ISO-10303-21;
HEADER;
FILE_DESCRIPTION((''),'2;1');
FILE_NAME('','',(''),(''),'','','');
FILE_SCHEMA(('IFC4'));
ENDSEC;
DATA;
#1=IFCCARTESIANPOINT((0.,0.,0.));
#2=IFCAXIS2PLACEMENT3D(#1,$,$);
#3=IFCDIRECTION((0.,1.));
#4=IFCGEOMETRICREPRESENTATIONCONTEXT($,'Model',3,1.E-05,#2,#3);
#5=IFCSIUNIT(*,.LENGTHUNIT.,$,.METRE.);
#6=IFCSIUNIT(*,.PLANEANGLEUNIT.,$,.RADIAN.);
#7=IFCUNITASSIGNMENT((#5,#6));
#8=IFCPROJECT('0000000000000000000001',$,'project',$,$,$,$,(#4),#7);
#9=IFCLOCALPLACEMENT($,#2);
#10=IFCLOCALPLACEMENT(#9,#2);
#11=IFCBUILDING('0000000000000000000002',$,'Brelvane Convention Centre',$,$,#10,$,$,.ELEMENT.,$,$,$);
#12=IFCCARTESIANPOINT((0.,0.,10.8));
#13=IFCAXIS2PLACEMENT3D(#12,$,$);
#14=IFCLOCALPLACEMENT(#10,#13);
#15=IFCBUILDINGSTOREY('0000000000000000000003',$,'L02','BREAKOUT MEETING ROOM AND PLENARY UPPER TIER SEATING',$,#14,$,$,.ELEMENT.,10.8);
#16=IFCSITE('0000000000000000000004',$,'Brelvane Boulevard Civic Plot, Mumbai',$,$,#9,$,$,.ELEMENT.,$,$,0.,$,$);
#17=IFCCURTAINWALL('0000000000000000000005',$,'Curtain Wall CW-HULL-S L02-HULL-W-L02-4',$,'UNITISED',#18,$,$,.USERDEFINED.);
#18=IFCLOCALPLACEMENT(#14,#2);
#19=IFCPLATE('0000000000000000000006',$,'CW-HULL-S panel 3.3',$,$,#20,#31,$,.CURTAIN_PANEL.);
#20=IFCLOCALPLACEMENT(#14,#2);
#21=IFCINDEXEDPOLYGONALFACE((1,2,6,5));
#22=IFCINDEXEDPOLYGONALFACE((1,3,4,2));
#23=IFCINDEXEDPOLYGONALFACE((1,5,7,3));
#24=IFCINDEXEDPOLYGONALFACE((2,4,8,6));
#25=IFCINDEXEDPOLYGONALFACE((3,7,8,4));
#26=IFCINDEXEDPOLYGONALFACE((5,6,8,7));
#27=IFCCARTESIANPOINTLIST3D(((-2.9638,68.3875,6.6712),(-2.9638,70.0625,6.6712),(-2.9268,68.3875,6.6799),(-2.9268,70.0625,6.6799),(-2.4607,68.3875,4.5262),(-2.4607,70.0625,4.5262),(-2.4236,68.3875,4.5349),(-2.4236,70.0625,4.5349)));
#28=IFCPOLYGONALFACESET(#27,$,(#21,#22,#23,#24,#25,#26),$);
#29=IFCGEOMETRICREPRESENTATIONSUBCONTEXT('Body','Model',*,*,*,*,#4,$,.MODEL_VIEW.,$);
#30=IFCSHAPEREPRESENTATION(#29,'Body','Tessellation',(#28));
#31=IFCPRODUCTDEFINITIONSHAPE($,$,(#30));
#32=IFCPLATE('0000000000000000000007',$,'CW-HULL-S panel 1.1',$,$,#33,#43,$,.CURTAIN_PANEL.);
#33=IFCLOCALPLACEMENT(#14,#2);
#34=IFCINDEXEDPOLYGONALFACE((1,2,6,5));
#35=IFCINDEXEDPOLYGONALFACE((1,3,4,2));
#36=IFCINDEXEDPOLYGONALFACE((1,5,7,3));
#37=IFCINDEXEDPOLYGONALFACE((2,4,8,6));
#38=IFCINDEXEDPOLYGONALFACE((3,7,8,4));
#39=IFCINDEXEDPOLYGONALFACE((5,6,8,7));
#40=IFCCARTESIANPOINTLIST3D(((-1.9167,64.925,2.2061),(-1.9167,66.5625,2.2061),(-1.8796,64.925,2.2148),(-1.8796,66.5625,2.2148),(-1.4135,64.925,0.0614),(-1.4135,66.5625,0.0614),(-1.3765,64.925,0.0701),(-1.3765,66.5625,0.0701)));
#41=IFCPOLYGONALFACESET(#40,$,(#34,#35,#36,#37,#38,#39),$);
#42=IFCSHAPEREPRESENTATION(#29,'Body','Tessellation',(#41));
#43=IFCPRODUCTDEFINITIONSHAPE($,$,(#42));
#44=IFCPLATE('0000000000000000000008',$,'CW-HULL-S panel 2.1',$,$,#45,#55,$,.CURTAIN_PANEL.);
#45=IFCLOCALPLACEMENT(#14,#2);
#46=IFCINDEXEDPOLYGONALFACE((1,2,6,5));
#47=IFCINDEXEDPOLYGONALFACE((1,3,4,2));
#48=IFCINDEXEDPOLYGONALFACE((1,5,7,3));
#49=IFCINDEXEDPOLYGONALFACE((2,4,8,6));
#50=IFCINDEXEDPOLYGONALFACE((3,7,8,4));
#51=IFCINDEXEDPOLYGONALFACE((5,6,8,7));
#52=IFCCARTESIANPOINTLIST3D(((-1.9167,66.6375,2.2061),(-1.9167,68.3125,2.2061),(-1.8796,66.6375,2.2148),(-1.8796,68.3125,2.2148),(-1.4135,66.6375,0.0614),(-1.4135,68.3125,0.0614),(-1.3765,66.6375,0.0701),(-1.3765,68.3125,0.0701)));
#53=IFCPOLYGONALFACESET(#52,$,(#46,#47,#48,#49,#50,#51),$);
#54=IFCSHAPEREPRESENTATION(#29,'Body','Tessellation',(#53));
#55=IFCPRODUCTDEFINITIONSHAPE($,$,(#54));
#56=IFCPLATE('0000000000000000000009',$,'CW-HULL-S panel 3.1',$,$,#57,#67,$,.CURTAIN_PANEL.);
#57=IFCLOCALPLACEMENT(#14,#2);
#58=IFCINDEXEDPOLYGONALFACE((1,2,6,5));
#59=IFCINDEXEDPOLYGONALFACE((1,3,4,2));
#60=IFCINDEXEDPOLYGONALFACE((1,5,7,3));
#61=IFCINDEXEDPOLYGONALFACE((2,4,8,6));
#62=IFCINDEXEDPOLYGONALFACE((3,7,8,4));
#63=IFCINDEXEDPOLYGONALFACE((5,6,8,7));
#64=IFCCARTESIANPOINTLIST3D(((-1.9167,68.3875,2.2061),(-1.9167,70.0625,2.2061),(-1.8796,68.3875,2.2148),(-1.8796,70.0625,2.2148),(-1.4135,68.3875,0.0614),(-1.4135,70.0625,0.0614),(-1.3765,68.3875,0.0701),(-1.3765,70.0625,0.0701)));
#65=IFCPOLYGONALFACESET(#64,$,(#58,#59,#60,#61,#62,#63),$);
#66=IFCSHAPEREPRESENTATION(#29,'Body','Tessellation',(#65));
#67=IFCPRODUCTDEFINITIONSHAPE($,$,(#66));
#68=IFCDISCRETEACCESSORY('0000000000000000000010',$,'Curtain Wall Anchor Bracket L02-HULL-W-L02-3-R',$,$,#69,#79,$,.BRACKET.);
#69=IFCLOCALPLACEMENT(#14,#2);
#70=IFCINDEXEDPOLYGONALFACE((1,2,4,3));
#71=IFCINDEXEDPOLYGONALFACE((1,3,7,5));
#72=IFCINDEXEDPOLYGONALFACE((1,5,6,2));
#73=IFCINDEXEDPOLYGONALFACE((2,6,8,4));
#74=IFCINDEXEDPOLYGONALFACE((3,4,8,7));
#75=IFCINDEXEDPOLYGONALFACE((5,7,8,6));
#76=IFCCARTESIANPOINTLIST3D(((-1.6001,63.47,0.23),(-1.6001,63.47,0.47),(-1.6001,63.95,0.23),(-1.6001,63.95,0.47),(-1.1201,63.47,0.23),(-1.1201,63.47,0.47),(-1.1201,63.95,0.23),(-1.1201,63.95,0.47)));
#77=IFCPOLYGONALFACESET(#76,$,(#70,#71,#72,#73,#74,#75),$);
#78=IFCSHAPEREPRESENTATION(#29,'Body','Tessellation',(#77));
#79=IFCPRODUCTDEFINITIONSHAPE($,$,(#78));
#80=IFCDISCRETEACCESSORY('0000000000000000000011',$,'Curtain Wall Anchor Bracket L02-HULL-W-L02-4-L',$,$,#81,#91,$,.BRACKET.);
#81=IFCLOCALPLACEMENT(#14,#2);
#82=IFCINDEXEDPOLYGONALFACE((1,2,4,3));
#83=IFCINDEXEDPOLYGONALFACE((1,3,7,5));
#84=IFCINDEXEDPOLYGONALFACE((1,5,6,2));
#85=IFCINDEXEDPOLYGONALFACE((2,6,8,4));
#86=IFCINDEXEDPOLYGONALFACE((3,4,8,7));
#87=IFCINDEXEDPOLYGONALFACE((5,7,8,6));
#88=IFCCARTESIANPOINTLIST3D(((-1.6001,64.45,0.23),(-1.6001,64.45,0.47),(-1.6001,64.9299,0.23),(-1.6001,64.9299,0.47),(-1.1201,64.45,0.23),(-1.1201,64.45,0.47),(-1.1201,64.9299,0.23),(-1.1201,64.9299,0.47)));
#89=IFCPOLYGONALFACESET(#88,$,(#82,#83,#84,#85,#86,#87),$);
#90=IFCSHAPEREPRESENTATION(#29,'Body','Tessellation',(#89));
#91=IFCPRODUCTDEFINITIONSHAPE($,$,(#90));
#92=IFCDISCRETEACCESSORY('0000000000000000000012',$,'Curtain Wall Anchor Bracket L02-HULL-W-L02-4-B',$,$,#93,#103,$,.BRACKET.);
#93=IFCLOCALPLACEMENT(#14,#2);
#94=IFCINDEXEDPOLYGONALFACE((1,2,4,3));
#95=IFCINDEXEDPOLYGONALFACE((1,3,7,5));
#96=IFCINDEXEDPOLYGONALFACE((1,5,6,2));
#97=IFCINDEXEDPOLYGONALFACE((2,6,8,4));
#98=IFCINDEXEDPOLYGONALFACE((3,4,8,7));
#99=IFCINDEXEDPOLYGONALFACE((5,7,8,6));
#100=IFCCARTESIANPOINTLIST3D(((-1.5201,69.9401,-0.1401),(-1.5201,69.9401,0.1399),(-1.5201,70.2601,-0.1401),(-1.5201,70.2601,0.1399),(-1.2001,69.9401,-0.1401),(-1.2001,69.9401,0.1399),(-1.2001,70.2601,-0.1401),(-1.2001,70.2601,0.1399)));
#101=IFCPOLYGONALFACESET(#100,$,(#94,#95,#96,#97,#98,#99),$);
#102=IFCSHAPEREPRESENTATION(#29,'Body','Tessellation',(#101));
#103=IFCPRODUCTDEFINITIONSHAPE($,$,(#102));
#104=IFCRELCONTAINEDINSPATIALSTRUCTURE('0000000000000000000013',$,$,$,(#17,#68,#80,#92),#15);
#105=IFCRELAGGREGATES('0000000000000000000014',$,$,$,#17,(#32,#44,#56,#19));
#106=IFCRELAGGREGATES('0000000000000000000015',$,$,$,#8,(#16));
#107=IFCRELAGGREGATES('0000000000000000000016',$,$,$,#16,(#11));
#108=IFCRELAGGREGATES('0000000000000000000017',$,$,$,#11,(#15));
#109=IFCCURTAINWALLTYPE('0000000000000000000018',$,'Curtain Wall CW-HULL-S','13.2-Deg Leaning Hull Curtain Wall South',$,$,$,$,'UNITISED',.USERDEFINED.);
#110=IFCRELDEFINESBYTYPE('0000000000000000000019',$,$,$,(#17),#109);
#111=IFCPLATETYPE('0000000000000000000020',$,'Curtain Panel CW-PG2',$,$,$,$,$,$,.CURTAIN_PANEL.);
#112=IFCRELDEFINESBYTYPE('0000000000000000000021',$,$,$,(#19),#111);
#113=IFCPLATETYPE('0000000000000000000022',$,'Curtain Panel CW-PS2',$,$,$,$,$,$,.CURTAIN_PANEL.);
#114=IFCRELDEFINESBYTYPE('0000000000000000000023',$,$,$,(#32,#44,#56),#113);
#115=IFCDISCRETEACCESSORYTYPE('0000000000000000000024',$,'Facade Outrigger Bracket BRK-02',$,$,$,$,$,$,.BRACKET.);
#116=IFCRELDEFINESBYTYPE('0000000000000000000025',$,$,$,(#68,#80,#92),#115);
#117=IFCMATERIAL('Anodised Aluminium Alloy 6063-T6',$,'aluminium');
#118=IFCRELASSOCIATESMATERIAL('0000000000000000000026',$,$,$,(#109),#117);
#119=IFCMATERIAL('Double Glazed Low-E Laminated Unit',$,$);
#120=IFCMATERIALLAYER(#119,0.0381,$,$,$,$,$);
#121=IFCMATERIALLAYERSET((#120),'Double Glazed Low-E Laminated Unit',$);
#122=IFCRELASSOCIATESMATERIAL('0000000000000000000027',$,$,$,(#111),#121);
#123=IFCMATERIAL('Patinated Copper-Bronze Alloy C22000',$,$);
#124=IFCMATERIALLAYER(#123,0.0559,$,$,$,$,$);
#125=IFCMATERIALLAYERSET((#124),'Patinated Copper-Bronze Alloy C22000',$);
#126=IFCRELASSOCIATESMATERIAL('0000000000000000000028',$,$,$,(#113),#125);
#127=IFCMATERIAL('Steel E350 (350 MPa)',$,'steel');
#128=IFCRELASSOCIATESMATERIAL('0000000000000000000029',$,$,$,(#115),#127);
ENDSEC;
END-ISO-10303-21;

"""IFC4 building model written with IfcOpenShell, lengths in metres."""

from ifc_helpers import new_model, si_unit, direction, frame, origin, origin_2d, place, context, subcontext, project, spatial, polyline, rectangle, outline, extrude, material, layer, layer_set, type_object, element, aggregate, save


model = new_model("IFC4")

# Units and contexts
model_context = context("Model", 3, precision=1e-05, world=origin(), true_north=direction((0.0, 1.0)))
body_context = subcontext(model_context, "Body", "Model", "MODEL_VIEW")
ifc_project = project(units=[si_unit("LENGTHUNIT", "METRE"), si_unit("PLANEANGLEUNIT", "RADIAN")], contexts=[model_context])

# Site, building, storey
site_placement = place(None, origin())
site = spatial("IfcSite", under=ifc_project, at=site_placement, Name="Brelvane Boulevard Civic Plot, Mumbai", CompositionType="ELEMENT", RefElevation=0.0)
building_placement = place(site_placement, origin())
building = spatial("IfcBuilding", under=site, at=building_placement, Name="Brelvane Convention Centre", CompositionType="ELEMENT")
storey_placement = place(building_placement, frame((0.0, 0.0, 10.8)))
storey = spatial("IfcBuildingStorey", under=building, at=storey_placement, Name="L02", Description="BREAKOUT MEETING ROOM AND PLENARY UPPER TIER SEATING", CompositionType="ELEMENT", Elevation=10.8)

# Shared definitions
ifc_material_1 = material(Name="Anodised Aluminium Alloy 6063-T6", Category="aluminium")
curtain_wall_type = type_object("IfcCurtainWallType", Name="Curtain Wall CW-HULL-S", Description="13.2-Deg Leaning Hull Curtain Wall South", ElementType="UNITISED", PredefinedType="USERDEFINED", material=ifc_material_1)

# Curtain wall
curtain_wall_1_placement = place(storey_placement, origin())
curtain_wall_1 = element("IfcCurtainWall", 1, at=curtain_wall_1_placement, inside=storey, type_object=curtain_wall_type, Name="Curtain Wall CW-HULL-S L02-HULL-W-L02-4", ObjectType="UNITISED", PredefinedType="USERDEFINED")

# Plates
ifc_material_2 = material(Name="Double Glazed Low-E Laminated Unit")
ifc_layer_1 = layer(ifc_material_2, 0.0381)
ifc_layer_set_1 = layer_set([ifc_layer_1], Name="Double Glazed Low-E Laminated Unit")
plate_type_1 = type_object("IfcPlateType", Name="Curtain Panel CW-PG2", PredefinedType="CURTAIN_PANEL", material=ifc_layer_set_1)
plate_1_placement = place(storey_placement, frame((-2.4236, 68.3875, 4.5349), z_axis=(0.973572, 0.0, 0.228378), x_axis=(0.0, 1.0, 0.0)))
plate_1 = element("IfcPlate", 2, at=plate_1_placement, type_object=plate_type_1, Name="CW-HULL-S panel 3.3", PredefinedType="CURTAIN_PANEL", context=body_context, shape_type="SweptSolid", body=[
    extrude(outline(polyline([(0.0, 0.0), (1.675, 0.0), (1.675, 2.2032), (0.0, 2.2032), (0.0, 0.0)])), origin(), (0.0, 0.0, -1.0), 0.0381),
])
ifc_material_3 = material(Name="Patinated Copper-Bronze Alloy C22000")
ifc_layer_2 = layer(ifc_material_3, 0.0559)
ifc_layer_set_2 = layer_set([ifc_layer_2], Name="Patinated Copper-Bronze Alloy C22000")
plate_type_2 = type_object("IfcPlateType", Name="Curtain Panel CW-PS2", PredefinedType="CURTAIN_PANEL", material=ifc_layer_set_2)
plate_2_placement = place(storey_placement, frame((-1.3765, 64.925, 0.0701), z_axis=(0.973567, 0.0, 0.228403), x_axis=(0.0, 1.0, 0.0)))
plate_2 = element("IfcPlate", 3, at=plate_2_placement, type_object=plate_type_2, Name="CW-HULL-S panel 1.1", PredefinedType="CURTAIN_PANEL", context=body_context, shape_type="SweptSolid", body=[
    extrude(outline(polyline([(0.0, 0.0), (1.6375, 0.0), (1.6375, 2.203), (0.0, 2.203), (0.0, 0.0)])), origin(), (0.0, 0.0, -1.0), 0.0381),
])
plate_3_placement = place(storey_placement, frame((-1.3765, 66.6375, 0.0701), z_axis=(0.973567, 0.0, 0.228403), x_axis=(0.0, 1.0, 0.0)))
plate_3 = element("IfcPlate", 4, at=plate_3_placement, type_object=plate_type_2, Name="CW-HULL-S panel 2.1", PredefinedType="CURTAIN_PANEL", context=body_context, shape_type="SweptSolid", body=[
    extrude(outline(polyline([(0.0, 0.0), (1.675, 0.0), (1.675, 2.203), (0.0, 2.203), (0.0, 0.0)])), origin(), (0.0, 0.0, -1.0), 0.0381),
])
plate_4_placement = place(storey_placement, frame((-1.3765, 68.3875, 0.0701), z_axis=(0.973567, 0.0, 0.228403), x_axis=(0.0, 1.0, 0.0)))
plate_4 = element("IfcPlate", 5, at=plate_4_placement, type_object=plate_type_2, Name="CW-HULL-S panel 3.1", PredefinedType="CURTAIN_PANEL", context=body_context, shape_type="SweptSolid", body=[
    extrude(outline(polyline([(0.0, 0.0), (1.675, 0.0), (1.675, 2.203), (0.0, 2.203), (0.0, 0.0)])), origin(), (0.0, 0.0, -1.0), 0.0381),
])
aggregate(curtain_wall_1, [plate_2, plate_3, plate_4, plate_1])

# Discrete accessories
ifc_material_4 = material(Name="Steel E350 (350 MPa)", Category="steel")
discrete_accessory_type = type_object("IfcDiscreteAccessoryType", Name="Facade Outrigger Bracket BRK-02", PredefinedType="BRACKET", material=ifc_material_4)
for number, where, z_axis, x_axis, name in (
    (6, (-1.3601, 63.71, 0.23), (0.0, 0.0, 1.0), (1.0, 0.0, 0.0), "Curtain Wall Anchor Bracket L02-HULL-W-L02-3-R"),
    (7, (-1.3601, 64.6899, 0.23), (0.0, 0.0, 1.0), (1.0, 0.0, 0.0), "Curtain Wall Anchor Bracket L02-HULL-W-L02-4-L"),
):
    element("IfcDiscreteAccessory", number, at=place(storey_placement, frame(where, z_axis=z_axis, x_axis=x_axis)), inside=storey, type_object=discrete_accessory_type, Name=name, PredefinedType="BRACKET", context=body_context, shape_type="SweptSolid", body=[
        extrude(rectangle(XDim=0.48, YDim=0.48, at=origin_2d()), origin(), (0.0, 0.0, 1.0), 0.24),
    ])
discrete_accessory_placement = place(storey_placement, frame((-1.3601, 70.1001, -0.1401), z_axis=(0.0, 0.0, 1.0), x_axis=(1.0, 0.0, 0.0)))
element("IfcDiscreteAccessory", 8, at=discrete_accessory_placement, inside=storey, type_object=discrete_accessory_type, Name="Curtain Wall Anchor Bracket L02-HULL-W-L02-4-B", PredefinedType="BRACKET", context=body_context, shape_type="SweptSolid", body=[
    extrude(rectangle(XDim=0.3201, YDim=0.3201, at=origin_2d()), origin(), (0.0, 0.0, 1.0), 0.28),
])

save(model, "model.ifc")
